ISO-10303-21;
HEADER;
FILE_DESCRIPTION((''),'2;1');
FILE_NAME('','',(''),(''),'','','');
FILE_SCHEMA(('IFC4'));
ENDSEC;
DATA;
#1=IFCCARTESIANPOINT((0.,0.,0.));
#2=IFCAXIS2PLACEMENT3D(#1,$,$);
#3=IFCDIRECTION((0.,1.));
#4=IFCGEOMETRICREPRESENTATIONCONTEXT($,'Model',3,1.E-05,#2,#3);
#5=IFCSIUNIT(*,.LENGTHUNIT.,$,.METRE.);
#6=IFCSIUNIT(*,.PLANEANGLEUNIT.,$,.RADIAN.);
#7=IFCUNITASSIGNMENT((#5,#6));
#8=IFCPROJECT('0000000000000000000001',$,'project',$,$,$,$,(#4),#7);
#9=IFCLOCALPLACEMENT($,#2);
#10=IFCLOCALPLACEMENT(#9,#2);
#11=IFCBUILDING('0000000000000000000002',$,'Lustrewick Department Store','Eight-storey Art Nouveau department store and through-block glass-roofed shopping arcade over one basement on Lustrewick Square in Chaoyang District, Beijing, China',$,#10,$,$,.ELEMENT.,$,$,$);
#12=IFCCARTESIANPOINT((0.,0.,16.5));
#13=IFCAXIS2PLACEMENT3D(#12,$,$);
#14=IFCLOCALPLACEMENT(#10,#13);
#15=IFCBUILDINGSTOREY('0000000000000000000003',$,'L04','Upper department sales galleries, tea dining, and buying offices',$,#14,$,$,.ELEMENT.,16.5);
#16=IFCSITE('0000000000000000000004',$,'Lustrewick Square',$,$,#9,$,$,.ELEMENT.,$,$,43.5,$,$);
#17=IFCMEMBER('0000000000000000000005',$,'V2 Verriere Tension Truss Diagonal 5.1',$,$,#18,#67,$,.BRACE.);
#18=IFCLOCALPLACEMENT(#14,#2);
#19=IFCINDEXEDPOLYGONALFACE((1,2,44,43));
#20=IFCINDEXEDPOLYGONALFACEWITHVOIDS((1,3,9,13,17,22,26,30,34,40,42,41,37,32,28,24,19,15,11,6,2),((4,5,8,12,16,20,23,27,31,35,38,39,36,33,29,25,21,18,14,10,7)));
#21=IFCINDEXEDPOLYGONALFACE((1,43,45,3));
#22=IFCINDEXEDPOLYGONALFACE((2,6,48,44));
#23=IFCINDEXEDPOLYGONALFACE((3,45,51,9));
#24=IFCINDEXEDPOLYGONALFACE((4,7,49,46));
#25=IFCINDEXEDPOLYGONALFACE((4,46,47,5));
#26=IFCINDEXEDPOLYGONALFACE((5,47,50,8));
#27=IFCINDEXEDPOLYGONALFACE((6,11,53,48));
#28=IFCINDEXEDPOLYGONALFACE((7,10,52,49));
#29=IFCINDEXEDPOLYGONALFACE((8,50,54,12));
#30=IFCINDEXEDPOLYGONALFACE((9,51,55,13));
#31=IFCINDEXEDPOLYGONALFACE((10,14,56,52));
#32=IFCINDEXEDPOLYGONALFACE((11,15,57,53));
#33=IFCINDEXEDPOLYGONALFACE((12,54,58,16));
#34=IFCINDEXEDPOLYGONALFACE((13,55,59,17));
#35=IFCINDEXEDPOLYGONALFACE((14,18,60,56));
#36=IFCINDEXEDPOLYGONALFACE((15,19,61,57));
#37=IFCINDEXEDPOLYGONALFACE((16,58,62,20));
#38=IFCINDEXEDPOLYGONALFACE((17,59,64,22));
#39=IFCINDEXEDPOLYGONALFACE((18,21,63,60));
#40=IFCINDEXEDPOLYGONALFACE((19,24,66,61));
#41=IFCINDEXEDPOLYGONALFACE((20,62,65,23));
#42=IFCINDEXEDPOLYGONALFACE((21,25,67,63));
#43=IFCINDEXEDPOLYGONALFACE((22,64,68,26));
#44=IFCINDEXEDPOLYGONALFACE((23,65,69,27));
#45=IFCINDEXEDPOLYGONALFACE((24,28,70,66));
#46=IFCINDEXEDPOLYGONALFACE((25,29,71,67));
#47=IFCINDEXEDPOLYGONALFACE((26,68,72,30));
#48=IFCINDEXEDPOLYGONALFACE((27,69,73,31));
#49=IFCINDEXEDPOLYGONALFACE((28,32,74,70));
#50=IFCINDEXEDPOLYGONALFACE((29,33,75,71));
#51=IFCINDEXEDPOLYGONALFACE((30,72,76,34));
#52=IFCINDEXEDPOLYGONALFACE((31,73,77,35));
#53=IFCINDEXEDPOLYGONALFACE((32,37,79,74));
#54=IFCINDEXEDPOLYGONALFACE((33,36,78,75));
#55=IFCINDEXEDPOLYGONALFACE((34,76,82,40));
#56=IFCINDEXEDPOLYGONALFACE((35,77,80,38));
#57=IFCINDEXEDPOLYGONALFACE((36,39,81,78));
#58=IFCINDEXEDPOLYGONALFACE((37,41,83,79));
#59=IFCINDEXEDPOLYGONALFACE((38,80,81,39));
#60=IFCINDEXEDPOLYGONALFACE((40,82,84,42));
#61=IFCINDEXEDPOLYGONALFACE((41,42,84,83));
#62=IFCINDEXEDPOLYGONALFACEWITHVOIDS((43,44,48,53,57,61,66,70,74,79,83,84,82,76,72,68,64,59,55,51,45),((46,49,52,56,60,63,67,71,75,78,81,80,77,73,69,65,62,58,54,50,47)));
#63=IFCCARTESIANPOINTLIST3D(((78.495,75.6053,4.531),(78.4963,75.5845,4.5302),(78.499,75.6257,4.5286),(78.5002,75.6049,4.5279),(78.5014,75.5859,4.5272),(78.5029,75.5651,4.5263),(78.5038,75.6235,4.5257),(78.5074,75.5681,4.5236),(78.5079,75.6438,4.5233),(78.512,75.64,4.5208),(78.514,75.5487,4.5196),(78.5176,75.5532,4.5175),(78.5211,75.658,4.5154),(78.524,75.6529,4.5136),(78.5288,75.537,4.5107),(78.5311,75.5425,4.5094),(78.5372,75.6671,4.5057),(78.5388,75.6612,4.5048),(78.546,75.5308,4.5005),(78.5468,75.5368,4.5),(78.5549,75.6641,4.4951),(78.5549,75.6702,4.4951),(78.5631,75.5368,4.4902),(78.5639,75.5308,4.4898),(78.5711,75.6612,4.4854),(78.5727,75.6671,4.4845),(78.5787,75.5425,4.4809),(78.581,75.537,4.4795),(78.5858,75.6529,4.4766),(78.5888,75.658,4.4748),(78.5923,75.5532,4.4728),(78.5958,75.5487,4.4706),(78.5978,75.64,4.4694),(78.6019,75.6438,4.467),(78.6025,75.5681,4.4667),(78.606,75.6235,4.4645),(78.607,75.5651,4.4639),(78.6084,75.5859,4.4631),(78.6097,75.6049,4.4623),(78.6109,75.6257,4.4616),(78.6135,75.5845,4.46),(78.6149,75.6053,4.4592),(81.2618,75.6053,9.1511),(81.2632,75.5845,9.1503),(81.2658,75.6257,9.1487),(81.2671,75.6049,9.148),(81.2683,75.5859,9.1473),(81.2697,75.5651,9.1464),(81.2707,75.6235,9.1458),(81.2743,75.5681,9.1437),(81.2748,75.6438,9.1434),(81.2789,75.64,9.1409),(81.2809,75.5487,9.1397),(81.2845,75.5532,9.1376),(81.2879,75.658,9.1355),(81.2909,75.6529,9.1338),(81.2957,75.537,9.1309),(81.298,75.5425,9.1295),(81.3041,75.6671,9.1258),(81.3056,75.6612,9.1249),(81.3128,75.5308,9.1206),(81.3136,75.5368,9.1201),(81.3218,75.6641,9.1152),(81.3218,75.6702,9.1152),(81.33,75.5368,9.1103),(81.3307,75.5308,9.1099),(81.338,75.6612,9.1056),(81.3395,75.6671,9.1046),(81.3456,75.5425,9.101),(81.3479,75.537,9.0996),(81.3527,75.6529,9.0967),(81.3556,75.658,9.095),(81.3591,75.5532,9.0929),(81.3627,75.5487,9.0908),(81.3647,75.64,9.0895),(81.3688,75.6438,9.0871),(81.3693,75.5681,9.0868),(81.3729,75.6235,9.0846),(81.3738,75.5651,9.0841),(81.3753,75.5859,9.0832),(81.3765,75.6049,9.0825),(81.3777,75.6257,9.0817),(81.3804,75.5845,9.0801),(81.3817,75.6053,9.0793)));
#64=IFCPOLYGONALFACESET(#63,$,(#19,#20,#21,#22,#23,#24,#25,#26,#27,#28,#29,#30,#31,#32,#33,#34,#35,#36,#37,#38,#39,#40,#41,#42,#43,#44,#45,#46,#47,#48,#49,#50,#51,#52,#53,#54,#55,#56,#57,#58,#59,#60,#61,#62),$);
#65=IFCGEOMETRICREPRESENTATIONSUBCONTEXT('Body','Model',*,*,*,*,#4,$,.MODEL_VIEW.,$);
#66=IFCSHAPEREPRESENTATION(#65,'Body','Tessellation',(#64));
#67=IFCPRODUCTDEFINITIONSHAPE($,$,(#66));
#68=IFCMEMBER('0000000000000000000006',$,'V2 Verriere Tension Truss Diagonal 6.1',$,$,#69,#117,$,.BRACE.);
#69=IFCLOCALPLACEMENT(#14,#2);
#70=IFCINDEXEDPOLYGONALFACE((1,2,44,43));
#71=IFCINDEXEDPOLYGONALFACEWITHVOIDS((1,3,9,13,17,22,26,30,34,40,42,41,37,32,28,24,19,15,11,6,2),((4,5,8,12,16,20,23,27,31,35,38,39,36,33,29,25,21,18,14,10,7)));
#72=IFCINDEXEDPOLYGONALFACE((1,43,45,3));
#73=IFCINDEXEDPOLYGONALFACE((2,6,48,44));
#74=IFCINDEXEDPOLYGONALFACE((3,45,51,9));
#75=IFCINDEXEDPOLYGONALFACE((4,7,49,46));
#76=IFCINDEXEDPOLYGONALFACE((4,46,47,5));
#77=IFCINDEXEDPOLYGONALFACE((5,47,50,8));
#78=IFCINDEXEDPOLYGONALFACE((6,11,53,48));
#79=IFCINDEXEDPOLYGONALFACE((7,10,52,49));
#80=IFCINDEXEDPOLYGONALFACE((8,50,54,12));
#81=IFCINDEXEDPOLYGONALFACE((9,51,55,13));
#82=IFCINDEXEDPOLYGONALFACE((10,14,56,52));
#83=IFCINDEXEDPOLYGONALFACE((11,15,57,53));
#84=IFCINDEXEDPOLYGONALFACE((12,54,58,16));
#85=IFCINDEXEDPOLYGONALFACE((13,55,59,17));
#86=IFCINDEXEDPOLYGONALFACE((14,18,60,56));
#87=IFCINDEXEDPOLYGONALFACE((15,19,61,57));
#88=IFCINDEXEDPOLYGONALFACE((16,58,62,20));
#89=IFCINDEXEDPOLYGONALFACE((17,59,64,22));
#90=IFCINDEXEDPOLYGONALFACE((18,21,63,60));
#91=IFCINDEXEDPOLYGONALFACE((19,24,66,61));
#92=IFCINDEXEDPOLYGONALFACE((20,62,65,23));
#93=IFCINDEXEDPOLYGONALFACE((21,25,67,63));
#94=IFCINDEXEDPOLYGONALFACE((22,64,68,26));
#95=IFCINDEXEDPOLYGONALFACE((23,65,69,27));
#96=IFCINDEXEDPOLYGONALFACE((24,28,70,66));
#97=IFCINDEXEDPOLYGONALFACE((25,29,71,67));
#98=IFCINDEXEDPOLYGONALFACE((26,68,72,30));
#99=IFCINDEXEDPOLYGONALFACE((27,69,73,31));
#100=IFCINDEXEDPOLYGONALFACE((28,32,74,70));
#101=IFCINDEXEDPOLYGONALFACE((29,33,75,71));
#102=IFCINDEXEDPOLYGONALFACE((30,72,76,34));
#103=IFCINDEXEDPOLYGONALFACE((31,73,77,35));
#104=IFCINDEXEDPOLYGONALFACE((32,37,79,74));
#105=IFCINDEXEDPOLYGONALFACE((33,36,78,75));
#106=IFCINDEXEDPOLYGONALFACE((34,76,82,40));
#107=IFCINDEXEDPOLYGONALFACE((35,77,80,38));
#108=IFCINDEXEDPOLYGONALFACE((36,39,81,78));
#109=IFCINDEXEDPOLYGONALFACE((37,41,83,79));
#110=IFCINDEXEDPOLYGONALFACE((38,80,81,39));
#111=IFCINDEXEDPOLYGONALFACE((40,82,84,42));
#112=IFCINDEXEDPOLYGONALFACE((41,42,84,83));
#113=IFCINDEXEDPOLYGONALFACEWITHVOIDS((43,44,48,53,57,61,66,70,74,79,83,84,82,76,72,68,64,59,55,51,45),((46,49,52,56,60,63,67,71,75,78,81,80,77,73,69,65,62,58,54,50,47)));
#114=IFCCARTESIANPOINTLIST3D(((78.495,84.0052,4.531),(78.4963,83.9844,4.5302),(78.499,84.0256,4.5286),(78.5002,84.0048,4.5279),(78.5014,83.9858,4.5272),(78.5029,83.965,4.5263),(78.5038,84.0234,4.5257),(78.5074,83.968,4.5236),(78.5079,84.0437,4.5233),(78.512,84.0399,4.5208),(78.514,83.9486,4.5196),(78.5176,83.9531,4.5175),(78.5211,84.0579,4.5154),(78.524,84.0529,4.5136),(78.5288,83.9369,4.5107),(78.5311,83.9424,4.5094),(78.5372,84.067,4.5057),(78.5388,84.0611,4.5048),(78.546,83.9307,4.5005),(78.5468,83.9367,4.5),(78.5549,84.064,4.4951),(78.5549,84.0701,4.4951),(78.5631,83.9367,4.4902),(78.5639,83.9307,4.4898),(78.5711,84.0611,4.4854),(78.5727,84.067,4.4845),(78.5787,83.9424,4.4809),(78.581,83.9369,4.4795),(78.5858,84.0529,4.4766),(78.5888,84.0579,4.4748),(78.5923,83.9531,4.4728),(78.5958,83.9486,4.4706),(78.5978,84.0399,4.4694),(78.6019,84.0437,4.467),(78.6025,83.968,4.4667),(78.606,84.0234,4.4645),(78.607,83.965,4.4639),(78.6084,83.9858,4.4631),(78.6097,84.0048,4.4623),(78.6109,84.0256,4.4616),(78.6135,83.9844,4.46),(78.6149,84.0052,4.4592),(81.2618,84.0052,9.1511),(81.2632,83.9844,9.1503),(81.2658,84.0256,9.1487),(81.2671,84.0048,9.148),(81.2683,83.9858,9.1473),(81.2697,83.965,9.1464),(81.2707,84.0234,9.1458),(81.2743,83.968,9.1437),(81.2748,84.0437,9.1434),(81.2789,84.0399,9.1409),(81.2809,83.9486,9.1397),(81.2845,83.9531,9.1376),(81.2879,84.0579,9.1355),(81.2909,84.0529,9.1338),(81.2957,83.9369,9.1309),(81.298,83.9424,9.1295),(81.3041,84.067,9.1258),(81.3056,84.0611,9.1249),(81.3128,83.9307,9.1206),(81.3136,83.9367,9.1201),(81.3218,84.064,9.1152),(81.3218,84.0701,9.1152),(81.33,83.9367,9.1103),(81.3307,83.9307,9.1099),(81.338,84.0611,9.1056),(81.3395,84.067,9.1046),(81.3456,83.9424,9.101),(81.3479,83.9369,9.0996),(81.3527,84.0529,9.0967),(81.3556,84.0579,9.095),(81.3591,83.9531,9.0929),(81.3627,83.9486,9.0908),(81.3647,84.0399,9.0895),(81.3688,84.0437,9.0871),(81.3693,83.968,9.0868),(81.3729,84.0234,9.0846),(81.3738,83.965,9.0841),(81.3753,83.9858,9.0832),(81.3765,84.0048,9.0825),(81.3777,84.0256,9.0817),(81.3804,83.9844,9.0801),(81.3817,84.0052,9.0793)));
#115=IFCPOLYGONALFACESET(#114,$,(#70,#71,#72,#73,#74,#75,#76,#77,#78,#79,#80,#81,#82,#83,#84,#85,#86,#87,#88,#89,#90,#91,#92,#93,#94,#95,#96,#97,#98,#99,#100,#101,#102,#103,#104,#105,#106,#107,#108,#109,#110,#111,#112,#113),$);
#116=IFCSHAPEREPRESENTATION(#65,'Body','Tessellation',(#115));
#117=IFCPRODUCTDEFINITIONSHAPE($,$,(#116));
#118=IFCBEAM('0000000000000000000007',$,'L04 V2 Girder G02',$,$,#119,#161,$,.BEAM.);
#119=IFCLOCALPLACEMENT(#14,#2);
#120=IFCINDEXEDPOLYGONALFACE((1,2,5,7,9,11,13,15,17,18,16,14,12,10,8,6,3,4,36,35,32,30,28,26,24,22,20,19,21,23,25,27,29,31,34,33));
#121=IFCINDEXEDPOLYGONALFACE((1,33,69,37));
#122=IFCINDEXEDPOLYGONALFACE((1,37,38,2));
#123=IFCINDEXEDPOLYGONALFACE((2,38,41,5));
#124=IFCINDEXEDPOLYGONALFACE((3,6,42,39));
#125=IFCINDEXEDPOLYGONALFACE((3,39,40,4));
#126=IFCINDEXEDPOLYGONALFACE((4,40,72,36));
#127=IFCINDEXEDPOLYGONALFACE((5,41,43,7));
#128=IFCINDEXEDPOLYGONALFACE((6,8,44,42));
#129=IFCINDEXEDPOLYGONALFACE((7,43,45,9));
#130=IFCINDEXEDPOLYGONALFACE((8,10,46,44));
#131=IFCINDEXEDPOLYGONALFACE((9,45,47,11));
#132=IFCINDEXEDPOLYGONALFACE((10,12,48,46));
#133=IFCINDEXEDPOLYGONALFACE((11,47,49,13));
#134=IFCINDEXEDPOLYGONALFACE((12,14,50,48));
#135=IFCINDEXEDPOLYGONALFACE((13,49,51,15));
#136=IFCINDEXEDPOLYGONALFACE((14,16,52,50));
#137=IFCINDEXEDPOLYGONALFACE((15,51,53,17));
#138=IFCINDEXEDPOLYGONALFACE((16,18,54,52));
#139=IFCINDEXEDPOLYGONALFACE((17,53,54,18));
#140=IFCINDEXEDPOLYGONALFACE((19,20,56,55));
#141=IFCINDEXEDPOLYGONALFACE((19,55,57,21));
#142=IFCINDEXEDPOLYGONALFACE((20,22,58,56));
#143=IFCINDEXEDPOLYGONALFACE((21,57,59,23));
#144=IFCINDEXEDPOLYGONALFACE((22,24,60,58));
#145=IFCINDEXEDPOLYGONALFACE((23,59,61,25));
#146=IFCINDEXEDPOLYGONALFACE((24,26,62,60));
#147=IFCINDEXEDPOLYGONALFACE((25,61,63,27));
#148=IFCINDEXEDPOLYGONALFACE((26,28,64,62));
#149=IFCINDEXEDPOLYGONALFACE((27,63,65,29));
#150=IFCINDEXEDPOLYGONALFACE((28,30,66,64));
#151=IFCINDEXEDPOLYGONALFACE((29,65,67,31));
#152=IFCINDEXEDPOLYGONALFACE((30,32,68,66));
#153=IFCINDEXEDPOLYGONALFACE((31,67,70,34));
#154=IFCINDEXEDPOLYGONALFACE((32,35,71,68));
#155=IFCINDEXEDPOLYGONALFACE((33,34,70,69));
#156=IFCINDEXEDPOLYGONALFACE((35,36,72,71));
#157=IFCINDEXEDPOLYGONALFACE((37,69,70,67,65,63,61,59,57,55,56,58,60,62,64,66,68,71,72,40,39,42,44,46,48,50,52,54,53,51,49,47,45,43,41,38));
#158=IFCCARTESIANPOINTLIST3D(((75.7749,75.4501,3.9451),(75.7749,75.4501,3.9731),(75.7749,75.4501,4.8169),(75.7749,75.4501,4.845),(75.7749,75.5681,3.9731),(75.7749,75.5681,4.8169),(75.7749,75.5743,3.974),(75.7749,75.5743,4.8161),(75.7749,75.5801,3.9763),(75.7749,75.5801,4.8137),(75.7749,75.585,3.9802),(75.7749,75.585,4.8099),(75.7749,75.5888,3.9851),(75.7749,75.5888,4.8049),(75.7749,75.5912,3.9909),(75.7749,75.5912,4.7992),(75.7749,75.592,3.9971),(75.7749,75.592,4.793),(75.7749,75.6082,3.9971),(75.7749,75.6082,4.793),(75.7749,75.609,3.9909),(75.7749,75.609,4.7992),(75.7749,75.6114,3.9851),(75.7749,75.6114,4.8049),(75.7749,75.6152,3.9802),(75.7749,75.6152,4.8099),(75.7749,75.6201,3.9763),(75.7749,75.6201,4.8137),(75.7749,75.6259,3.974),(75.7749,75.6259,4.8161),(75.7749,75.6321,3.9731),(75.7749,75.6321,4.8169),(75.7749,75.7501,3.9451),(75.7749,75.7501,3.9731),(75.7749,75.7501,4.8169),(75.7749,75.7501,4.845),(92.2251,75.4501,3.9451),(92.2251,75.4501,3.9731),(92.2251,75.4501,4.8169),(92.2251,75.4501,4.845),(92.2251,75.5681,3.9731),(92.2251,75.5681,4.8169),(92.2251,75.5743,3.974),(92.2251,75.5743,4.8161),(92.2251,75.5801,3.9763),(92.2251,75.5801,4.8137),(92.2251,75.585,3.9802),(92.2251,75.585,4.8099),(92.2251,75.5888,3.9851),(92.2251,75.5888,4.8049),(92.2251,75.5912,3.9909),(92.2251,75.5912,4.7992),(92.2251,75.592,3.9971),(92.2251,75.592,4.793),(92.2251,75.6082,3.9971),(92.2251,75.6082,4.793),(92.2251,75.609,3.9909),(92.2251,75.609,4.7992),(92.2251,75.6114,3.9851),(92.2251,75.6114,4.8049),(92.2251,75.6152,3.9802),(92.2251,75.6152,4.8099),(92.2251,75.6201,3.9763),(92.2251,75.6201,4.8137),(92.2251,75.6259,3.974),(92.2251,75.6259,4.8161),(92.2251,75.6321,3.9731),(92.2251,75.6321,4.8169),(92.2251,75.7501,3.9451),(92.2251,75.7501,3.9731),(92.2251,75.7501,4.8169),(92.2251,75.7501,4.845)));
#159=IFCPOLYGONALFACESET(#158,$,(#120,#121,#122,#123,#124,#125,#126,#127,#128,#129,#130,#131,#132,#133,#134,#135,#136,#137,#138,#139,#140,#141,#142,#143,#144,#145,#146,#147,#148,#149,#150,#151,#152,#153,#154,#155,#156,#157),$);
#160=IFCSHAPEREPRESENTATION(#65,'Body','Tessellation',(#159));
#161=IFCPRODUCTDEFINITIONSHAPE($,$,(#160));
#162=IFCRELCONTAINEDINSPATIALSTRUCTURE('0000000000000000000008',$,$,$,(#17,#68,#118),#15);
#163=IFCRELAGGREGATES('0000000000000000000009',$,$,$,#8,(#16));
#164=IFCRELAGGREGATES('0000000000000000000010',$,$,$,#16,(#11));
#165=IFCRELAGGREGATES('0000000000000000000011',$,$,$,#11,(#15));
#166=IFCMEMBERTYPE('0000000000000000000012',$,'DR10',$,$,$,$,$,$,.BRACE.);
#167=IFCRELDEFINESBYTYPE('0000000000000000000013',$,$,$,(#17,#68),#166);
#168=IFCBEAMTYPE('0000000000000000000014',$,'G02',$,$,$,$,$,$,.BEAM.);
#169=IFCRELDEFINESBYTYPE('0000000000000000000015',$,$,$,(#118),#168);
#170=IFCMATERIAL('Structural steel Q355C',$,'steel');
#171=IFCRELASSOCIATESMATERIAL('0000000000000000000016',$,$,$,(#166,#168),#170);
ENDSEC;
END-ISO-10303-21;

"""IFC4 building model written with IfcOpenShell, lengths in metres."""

from ifc_helpers import new_model, si_unit, direction, frame, origin, origin_2d, place, context, subcontext, project, spatial, hollow_circle, i_section, extrude, material, material_profile, profile_set, type_object, element, save


model = new_model("IFC4")

# Units and contexts
model_context = context("Model", 3, precision=1e-05, world=origin(), true_north=direction((0.0, 1.0)))
body_context = subcontext(model_context, "Body", "Model", "MODEL_VIEW")
ifc_project = project(units=[si_unit("LENGTHUNIT", "METRE"), si_unit("PLANEANGLEUNIT", "RADIAN")], contexts=[model_context])

# Site, building, storey
site_placement = place(None, origin())
site = spatial("IfcSite", under=ifc_project, at=site_placement, Name="Lustrewick Square", CompositionType="ELEMENT", RefElevation=43.5)
building_placement = place(site_placement, origin())
building = spatial("IfcBuilding", under=site, at=building_placement, Name="Lustrewick Department Store", Description="Eight-storey Art Nouveau department store and through-block glass-roofed shopping arcade over one basement on Lustrewick Square in Chaoyang District, Beijing, China", CompositionType="ELEMENT")
storey_placement = place(building_placement, frame((0.0, 0.0, 16.5)))
storey = spatial("IfcBuildingStorey", under=building, at=storey_placement, Name="L04", Description="Upper department sales galleries, tea dining, and buying offices", CompositionType="ELEMENT", Elevation=16.5)

# Shared definitions
ifc_material_1 = material(Name="Structural steel Q355C", Category="steel")

# Members
ifc_material_profile_1 = material_profile(ifc_material_1, hollow_circle(Radius=0.0701, WallThickness=0.0061, at=origin_2d()), Name="CHS 140x6")
ifc_profile_set_1 = profile_set([ifc_material_profile_1], Name="Structural steel Q355C")
member_type_1 = type_object("IfcMemberType", Name="DR10", PredefinedType="BRACE", material=ifc_profile_set_1)
for number, where, z_axis, x_axis, name in (
    (1, (78.5549, 75.6001, 4.4951), (0.513782, 0.0, 0.857921), (0.0, 1.0, 0.0), "V2 Verriere Tension Truss Diagonal 5.1"),
    (2, (78.5549, 84.0, 4.4951), (0.513782, 0.0, 0.857921), (0.0, 1.0, 0.0), "V2 Verriere Tension Truss Diagonal 6.1"),
):
    element("IfcMember", number, at=place(storey_placement, frame(where, z_axis=z_axis, x_axis=x_axis)), inside=storey, type_object=member_type_1, Name=name, PredefinedType="BRACE", context=body_context, shape_type="SweptSolid", body=[
        extrude(hollow_circle(Radius=0.0701, WallThickness=0.0061, at=origin_2d()), origin(), (0.0, 0.0, 1.0), 5.3853),
    ])

# Beam
ifc_material_profile_2 = material_profile(ifc_material_1, i_section(OverallWidth=0.3, OverallDepth=0.8999, WebThickness=0.0161, FlangeThickness=0.0281, FilletRadius=0.0239, at=origin_2d()), Name="HN 900x300x16x28")
ifc_profile_set_2 = profile_set([ifc_material_profile_2], Name="Structural steel Q355C")
beam_type_1 = type_object("IfcBeamType", Name="G02", PredefinedType="BEAM", material=ifc_profile_set_2)
beam_1_placement = place(storey_placement, frame((75.7749, 75.6001, 4.395), z_axis=(1.0, 0.0, 0.0), x_axis=(0.0, 1.0, 0.0)))
element("IfcBeam", 3, at=beam_1_placement, inside=storey, type_object=beam_type_1, Name="L04 V2 Girder G02", PredefinedType="BEAM", context=body_context, shape_type="SweptSolid", body=[
    extrude(i_section(OverallWidth=0.3, OverallDepth=0.8999, WebThickness=0.0161, FlangeThickness=0.0281, FilletRadius=0.0239, at=origin_2d()), origin(), (0.0, 0.0, 1.0), 16.4502),
])

save(model, "model.ifc")
